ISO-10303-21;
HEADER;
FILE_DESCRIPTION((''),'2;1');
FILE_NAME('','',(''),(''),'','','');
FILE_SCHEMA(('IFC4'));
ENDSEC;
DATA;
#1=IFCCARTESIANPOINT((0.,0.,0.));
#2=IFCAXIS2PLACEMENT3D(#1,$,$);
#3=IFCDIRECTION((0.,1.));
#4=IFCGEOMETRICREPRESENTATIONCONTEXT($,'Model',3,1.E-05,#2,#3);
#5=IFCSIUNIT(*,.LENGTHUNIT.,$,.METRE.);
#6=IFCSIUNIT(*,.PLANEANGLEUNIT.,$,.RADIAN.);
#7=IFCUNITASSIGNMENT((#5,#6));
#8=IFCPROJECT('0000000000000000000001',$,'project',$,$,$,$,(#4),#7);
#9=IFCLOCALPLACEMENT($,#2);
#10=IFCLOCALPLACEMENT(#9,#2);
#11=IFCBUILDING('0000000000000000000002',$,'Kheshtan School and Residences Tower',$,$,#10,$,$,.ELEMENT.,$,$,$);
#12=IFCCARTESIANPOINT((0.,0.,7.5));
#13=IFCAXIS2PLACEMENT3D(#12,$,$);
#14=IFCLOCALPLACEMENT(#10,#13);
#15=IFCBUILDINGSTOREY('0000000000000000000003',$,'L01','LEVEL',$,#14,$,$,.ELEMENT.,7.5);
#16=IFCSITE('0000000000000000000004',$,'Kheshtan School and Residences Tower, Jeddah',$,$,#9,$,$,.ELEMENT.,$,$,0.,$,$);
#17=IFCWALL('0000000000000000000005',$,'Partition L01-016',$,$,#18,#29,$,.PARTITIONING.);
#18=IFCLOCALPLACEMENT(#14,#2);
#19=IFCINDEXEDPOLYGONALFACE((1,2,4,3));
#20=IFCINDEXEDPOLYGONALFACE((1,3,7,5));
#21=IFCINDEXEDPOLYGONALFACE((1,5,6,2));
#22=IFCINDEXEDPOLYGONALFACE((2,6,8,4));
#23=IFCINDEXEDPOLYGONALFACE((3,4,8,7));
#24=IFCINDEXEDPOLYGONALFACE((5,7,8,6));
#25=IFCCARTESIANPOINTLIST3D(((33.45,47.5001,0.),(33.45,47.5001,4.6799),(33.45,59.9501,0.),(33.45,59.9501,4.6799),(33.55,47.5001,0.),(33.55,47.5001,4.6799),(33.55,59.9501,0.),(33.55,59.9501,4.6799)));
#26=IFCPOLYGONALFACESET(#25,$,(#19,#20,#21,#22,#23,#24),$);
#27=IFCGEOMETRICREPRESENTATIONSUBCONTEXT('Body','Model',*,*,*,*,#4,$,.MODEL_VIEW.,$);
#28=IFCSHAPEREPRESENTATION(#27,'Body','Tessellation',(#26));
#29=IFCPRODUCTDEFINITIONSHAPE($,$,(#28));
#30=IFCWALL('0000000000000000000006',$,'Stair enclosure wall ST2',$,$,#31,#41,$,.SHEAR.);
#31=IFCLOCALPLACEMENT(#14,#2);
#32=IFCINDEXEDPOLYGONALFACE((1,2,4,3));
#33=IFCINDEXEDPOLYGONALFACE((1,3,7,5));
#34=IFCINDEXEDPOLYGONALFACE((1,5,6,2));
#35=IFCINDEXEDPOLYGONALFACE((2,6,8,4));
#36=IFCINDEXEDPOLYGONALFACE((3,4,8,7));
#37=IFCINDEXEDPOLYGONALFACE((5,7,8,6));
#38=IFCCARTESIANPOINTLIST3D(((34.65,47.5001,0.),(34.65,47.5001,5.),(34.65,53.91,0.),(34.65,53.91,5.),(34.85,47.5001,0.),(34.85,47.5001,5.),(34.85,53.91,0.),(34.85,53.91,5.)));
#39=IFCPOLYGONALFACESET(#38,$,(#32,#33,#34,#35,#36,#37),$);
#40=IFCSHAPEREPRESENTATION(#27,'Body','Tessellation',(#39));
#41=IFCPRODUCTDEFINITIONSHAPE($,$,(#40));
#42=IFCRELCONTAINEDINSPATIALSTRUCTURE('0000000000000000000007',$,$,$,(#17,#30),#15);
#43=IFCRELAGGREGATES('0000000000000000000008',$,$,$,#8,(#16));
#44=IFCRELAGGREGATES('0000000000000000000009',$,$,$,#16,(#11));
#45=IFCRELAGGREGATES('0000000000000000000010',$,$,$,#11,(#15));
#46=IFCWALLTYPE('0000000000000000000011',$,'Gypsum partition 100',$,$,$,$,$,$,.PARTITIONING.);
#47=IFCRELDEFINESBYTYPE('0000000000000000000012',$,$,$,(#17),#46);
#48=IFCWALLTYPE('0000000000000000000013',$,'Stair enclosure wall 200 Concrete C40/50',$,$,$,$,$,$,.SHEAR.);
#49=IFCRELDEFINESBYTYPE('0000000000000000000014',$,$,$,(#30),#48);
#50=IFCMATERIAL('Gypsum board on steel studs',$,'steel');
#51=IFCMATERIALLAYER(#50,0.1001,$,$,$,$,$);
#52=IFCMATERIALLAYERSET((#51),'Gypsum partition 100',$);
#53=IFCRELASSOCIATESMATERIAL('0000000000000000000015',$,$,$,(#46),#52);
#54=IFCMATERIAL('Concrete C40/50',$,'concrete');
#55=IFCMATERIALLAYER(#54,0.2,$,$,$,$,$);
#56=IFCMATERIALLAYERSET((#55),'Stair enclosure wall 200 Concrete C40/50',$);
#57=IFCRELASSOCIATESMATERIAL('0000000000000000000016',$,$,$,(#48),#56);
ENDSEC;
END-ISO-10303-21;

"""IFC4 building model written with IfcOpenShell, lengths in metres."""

from ifc_helpers import new_model, si_unit, direction, frame, frame_2d, origin, place, context, subcontext, project, spatial, rectangle, extrude, material, layer, layer_set, type_object, element, save


model = new_model("IFC4")

# Units and contexts
model_context = context("Model", 3, precision=1e-05, world=origin(), true_north=direction((0.0, 1.0)))
body_context = subcontext(model_context, "Body", "Model", "MODEL_VIEW")
ifc_project = project(units=[si_unit("LENGTHUNIT", "METRE"), si_unit("PLANEANGLEUNIT", "RADIAN")], contexts=[model_context])

# Site, building, storey
site_placement = place(None, origin())
site = spatial("IfcSite", under=ifc_project, at=site_placement, Name="Kheshtan School and Residences Tower, Jeddah", CompositionType="ELEMENT", RefElevation=0.0)
building_placement = place(site_placement, origin())
building = spatial("IfcBuilding", under=site, at=building_placement, Name="Kheshtan School and Residences Tower", CompositionType="ELEMENT")
storey_placement = place(building_placement, frame((0.0, 0.0, 7.5)))
storey = spatial("IfcBuildingStorey", under=building, at=storey_placement, Name="L01", Description="LEVEL", CompositionType="ELEMENT", Elevation=7.5)

# Walls
ifc_material_1 = material(Name="Gypsum board on steel studs", Category="steel")
ifc_layer_1 = layer(ifc_material_1, 0.1001)
ifc_layer_set_1 = layer_set([ifc_layer_1], Name="Gypsum partition 100")
wall_type_1 = type_object("IfcWallType", Name="Gypsum partition 100", PredefinedType="PARTITIONING", material=ifc_layer_set_1)
wall_1_placement = place(storey_placement, frame((33.5, 47.5, 0.0), z_axis=(0.0, 0.0, 1.0), x_axis=(0.0, 1.0, 0.0)))
element("IfcWall", 1, at=wall_1_placement, inside=storey, type_object=wall_type_1, Name="Partition L01-016", PredefinedType="PARTITIONING", context=body_context, shape_type="SweptSolid", body=[
    extrude(rectangle(XDim=12.45, YDim=0.1001, at=frame_2d((6.2251, 0.0))), origin(), (0.0, 0.0, 1.0), 4.6799),
])
ifc_material_2 = material(Name="Concrete C40/50", Category="concrete")
ifc_layer_2 = layer(ifc_material_2, 0.2)
ifc_layer_set_2 = layer_set([ifc_layer_2], Name="Stair enclosure wall 200 Concrete C40/50")
wall_type_2 = type_object("IfcWallType", Name="Stair enclosure wall 200 Concrete C40/50", PredefinedType="SHEAR", material=ifc_layer_set_2)
wall_2_placement = place(storey_placement, frame((34.75, 47.5, 0.0), z_axis=(0.0, 0.0, 1.0), x_axis=(0.0, 1.0, 0.0)))
element("IfcWall", 2, at=wall_2_placement, inside=storey, type_object=wall_type_2, Name="Stair enclosure wall ST2", PredefinedType="SHEAR", context=body_context, shape_type="SweptSolid", body=[
    extrude(rectangle(XDim=6.4099, YDim=0.2, at=frame_2d((3.2051, 0.0))), origin(), (0.0, 0.0, 1.0), 5.0),
])

save(model, "model.ifc")
